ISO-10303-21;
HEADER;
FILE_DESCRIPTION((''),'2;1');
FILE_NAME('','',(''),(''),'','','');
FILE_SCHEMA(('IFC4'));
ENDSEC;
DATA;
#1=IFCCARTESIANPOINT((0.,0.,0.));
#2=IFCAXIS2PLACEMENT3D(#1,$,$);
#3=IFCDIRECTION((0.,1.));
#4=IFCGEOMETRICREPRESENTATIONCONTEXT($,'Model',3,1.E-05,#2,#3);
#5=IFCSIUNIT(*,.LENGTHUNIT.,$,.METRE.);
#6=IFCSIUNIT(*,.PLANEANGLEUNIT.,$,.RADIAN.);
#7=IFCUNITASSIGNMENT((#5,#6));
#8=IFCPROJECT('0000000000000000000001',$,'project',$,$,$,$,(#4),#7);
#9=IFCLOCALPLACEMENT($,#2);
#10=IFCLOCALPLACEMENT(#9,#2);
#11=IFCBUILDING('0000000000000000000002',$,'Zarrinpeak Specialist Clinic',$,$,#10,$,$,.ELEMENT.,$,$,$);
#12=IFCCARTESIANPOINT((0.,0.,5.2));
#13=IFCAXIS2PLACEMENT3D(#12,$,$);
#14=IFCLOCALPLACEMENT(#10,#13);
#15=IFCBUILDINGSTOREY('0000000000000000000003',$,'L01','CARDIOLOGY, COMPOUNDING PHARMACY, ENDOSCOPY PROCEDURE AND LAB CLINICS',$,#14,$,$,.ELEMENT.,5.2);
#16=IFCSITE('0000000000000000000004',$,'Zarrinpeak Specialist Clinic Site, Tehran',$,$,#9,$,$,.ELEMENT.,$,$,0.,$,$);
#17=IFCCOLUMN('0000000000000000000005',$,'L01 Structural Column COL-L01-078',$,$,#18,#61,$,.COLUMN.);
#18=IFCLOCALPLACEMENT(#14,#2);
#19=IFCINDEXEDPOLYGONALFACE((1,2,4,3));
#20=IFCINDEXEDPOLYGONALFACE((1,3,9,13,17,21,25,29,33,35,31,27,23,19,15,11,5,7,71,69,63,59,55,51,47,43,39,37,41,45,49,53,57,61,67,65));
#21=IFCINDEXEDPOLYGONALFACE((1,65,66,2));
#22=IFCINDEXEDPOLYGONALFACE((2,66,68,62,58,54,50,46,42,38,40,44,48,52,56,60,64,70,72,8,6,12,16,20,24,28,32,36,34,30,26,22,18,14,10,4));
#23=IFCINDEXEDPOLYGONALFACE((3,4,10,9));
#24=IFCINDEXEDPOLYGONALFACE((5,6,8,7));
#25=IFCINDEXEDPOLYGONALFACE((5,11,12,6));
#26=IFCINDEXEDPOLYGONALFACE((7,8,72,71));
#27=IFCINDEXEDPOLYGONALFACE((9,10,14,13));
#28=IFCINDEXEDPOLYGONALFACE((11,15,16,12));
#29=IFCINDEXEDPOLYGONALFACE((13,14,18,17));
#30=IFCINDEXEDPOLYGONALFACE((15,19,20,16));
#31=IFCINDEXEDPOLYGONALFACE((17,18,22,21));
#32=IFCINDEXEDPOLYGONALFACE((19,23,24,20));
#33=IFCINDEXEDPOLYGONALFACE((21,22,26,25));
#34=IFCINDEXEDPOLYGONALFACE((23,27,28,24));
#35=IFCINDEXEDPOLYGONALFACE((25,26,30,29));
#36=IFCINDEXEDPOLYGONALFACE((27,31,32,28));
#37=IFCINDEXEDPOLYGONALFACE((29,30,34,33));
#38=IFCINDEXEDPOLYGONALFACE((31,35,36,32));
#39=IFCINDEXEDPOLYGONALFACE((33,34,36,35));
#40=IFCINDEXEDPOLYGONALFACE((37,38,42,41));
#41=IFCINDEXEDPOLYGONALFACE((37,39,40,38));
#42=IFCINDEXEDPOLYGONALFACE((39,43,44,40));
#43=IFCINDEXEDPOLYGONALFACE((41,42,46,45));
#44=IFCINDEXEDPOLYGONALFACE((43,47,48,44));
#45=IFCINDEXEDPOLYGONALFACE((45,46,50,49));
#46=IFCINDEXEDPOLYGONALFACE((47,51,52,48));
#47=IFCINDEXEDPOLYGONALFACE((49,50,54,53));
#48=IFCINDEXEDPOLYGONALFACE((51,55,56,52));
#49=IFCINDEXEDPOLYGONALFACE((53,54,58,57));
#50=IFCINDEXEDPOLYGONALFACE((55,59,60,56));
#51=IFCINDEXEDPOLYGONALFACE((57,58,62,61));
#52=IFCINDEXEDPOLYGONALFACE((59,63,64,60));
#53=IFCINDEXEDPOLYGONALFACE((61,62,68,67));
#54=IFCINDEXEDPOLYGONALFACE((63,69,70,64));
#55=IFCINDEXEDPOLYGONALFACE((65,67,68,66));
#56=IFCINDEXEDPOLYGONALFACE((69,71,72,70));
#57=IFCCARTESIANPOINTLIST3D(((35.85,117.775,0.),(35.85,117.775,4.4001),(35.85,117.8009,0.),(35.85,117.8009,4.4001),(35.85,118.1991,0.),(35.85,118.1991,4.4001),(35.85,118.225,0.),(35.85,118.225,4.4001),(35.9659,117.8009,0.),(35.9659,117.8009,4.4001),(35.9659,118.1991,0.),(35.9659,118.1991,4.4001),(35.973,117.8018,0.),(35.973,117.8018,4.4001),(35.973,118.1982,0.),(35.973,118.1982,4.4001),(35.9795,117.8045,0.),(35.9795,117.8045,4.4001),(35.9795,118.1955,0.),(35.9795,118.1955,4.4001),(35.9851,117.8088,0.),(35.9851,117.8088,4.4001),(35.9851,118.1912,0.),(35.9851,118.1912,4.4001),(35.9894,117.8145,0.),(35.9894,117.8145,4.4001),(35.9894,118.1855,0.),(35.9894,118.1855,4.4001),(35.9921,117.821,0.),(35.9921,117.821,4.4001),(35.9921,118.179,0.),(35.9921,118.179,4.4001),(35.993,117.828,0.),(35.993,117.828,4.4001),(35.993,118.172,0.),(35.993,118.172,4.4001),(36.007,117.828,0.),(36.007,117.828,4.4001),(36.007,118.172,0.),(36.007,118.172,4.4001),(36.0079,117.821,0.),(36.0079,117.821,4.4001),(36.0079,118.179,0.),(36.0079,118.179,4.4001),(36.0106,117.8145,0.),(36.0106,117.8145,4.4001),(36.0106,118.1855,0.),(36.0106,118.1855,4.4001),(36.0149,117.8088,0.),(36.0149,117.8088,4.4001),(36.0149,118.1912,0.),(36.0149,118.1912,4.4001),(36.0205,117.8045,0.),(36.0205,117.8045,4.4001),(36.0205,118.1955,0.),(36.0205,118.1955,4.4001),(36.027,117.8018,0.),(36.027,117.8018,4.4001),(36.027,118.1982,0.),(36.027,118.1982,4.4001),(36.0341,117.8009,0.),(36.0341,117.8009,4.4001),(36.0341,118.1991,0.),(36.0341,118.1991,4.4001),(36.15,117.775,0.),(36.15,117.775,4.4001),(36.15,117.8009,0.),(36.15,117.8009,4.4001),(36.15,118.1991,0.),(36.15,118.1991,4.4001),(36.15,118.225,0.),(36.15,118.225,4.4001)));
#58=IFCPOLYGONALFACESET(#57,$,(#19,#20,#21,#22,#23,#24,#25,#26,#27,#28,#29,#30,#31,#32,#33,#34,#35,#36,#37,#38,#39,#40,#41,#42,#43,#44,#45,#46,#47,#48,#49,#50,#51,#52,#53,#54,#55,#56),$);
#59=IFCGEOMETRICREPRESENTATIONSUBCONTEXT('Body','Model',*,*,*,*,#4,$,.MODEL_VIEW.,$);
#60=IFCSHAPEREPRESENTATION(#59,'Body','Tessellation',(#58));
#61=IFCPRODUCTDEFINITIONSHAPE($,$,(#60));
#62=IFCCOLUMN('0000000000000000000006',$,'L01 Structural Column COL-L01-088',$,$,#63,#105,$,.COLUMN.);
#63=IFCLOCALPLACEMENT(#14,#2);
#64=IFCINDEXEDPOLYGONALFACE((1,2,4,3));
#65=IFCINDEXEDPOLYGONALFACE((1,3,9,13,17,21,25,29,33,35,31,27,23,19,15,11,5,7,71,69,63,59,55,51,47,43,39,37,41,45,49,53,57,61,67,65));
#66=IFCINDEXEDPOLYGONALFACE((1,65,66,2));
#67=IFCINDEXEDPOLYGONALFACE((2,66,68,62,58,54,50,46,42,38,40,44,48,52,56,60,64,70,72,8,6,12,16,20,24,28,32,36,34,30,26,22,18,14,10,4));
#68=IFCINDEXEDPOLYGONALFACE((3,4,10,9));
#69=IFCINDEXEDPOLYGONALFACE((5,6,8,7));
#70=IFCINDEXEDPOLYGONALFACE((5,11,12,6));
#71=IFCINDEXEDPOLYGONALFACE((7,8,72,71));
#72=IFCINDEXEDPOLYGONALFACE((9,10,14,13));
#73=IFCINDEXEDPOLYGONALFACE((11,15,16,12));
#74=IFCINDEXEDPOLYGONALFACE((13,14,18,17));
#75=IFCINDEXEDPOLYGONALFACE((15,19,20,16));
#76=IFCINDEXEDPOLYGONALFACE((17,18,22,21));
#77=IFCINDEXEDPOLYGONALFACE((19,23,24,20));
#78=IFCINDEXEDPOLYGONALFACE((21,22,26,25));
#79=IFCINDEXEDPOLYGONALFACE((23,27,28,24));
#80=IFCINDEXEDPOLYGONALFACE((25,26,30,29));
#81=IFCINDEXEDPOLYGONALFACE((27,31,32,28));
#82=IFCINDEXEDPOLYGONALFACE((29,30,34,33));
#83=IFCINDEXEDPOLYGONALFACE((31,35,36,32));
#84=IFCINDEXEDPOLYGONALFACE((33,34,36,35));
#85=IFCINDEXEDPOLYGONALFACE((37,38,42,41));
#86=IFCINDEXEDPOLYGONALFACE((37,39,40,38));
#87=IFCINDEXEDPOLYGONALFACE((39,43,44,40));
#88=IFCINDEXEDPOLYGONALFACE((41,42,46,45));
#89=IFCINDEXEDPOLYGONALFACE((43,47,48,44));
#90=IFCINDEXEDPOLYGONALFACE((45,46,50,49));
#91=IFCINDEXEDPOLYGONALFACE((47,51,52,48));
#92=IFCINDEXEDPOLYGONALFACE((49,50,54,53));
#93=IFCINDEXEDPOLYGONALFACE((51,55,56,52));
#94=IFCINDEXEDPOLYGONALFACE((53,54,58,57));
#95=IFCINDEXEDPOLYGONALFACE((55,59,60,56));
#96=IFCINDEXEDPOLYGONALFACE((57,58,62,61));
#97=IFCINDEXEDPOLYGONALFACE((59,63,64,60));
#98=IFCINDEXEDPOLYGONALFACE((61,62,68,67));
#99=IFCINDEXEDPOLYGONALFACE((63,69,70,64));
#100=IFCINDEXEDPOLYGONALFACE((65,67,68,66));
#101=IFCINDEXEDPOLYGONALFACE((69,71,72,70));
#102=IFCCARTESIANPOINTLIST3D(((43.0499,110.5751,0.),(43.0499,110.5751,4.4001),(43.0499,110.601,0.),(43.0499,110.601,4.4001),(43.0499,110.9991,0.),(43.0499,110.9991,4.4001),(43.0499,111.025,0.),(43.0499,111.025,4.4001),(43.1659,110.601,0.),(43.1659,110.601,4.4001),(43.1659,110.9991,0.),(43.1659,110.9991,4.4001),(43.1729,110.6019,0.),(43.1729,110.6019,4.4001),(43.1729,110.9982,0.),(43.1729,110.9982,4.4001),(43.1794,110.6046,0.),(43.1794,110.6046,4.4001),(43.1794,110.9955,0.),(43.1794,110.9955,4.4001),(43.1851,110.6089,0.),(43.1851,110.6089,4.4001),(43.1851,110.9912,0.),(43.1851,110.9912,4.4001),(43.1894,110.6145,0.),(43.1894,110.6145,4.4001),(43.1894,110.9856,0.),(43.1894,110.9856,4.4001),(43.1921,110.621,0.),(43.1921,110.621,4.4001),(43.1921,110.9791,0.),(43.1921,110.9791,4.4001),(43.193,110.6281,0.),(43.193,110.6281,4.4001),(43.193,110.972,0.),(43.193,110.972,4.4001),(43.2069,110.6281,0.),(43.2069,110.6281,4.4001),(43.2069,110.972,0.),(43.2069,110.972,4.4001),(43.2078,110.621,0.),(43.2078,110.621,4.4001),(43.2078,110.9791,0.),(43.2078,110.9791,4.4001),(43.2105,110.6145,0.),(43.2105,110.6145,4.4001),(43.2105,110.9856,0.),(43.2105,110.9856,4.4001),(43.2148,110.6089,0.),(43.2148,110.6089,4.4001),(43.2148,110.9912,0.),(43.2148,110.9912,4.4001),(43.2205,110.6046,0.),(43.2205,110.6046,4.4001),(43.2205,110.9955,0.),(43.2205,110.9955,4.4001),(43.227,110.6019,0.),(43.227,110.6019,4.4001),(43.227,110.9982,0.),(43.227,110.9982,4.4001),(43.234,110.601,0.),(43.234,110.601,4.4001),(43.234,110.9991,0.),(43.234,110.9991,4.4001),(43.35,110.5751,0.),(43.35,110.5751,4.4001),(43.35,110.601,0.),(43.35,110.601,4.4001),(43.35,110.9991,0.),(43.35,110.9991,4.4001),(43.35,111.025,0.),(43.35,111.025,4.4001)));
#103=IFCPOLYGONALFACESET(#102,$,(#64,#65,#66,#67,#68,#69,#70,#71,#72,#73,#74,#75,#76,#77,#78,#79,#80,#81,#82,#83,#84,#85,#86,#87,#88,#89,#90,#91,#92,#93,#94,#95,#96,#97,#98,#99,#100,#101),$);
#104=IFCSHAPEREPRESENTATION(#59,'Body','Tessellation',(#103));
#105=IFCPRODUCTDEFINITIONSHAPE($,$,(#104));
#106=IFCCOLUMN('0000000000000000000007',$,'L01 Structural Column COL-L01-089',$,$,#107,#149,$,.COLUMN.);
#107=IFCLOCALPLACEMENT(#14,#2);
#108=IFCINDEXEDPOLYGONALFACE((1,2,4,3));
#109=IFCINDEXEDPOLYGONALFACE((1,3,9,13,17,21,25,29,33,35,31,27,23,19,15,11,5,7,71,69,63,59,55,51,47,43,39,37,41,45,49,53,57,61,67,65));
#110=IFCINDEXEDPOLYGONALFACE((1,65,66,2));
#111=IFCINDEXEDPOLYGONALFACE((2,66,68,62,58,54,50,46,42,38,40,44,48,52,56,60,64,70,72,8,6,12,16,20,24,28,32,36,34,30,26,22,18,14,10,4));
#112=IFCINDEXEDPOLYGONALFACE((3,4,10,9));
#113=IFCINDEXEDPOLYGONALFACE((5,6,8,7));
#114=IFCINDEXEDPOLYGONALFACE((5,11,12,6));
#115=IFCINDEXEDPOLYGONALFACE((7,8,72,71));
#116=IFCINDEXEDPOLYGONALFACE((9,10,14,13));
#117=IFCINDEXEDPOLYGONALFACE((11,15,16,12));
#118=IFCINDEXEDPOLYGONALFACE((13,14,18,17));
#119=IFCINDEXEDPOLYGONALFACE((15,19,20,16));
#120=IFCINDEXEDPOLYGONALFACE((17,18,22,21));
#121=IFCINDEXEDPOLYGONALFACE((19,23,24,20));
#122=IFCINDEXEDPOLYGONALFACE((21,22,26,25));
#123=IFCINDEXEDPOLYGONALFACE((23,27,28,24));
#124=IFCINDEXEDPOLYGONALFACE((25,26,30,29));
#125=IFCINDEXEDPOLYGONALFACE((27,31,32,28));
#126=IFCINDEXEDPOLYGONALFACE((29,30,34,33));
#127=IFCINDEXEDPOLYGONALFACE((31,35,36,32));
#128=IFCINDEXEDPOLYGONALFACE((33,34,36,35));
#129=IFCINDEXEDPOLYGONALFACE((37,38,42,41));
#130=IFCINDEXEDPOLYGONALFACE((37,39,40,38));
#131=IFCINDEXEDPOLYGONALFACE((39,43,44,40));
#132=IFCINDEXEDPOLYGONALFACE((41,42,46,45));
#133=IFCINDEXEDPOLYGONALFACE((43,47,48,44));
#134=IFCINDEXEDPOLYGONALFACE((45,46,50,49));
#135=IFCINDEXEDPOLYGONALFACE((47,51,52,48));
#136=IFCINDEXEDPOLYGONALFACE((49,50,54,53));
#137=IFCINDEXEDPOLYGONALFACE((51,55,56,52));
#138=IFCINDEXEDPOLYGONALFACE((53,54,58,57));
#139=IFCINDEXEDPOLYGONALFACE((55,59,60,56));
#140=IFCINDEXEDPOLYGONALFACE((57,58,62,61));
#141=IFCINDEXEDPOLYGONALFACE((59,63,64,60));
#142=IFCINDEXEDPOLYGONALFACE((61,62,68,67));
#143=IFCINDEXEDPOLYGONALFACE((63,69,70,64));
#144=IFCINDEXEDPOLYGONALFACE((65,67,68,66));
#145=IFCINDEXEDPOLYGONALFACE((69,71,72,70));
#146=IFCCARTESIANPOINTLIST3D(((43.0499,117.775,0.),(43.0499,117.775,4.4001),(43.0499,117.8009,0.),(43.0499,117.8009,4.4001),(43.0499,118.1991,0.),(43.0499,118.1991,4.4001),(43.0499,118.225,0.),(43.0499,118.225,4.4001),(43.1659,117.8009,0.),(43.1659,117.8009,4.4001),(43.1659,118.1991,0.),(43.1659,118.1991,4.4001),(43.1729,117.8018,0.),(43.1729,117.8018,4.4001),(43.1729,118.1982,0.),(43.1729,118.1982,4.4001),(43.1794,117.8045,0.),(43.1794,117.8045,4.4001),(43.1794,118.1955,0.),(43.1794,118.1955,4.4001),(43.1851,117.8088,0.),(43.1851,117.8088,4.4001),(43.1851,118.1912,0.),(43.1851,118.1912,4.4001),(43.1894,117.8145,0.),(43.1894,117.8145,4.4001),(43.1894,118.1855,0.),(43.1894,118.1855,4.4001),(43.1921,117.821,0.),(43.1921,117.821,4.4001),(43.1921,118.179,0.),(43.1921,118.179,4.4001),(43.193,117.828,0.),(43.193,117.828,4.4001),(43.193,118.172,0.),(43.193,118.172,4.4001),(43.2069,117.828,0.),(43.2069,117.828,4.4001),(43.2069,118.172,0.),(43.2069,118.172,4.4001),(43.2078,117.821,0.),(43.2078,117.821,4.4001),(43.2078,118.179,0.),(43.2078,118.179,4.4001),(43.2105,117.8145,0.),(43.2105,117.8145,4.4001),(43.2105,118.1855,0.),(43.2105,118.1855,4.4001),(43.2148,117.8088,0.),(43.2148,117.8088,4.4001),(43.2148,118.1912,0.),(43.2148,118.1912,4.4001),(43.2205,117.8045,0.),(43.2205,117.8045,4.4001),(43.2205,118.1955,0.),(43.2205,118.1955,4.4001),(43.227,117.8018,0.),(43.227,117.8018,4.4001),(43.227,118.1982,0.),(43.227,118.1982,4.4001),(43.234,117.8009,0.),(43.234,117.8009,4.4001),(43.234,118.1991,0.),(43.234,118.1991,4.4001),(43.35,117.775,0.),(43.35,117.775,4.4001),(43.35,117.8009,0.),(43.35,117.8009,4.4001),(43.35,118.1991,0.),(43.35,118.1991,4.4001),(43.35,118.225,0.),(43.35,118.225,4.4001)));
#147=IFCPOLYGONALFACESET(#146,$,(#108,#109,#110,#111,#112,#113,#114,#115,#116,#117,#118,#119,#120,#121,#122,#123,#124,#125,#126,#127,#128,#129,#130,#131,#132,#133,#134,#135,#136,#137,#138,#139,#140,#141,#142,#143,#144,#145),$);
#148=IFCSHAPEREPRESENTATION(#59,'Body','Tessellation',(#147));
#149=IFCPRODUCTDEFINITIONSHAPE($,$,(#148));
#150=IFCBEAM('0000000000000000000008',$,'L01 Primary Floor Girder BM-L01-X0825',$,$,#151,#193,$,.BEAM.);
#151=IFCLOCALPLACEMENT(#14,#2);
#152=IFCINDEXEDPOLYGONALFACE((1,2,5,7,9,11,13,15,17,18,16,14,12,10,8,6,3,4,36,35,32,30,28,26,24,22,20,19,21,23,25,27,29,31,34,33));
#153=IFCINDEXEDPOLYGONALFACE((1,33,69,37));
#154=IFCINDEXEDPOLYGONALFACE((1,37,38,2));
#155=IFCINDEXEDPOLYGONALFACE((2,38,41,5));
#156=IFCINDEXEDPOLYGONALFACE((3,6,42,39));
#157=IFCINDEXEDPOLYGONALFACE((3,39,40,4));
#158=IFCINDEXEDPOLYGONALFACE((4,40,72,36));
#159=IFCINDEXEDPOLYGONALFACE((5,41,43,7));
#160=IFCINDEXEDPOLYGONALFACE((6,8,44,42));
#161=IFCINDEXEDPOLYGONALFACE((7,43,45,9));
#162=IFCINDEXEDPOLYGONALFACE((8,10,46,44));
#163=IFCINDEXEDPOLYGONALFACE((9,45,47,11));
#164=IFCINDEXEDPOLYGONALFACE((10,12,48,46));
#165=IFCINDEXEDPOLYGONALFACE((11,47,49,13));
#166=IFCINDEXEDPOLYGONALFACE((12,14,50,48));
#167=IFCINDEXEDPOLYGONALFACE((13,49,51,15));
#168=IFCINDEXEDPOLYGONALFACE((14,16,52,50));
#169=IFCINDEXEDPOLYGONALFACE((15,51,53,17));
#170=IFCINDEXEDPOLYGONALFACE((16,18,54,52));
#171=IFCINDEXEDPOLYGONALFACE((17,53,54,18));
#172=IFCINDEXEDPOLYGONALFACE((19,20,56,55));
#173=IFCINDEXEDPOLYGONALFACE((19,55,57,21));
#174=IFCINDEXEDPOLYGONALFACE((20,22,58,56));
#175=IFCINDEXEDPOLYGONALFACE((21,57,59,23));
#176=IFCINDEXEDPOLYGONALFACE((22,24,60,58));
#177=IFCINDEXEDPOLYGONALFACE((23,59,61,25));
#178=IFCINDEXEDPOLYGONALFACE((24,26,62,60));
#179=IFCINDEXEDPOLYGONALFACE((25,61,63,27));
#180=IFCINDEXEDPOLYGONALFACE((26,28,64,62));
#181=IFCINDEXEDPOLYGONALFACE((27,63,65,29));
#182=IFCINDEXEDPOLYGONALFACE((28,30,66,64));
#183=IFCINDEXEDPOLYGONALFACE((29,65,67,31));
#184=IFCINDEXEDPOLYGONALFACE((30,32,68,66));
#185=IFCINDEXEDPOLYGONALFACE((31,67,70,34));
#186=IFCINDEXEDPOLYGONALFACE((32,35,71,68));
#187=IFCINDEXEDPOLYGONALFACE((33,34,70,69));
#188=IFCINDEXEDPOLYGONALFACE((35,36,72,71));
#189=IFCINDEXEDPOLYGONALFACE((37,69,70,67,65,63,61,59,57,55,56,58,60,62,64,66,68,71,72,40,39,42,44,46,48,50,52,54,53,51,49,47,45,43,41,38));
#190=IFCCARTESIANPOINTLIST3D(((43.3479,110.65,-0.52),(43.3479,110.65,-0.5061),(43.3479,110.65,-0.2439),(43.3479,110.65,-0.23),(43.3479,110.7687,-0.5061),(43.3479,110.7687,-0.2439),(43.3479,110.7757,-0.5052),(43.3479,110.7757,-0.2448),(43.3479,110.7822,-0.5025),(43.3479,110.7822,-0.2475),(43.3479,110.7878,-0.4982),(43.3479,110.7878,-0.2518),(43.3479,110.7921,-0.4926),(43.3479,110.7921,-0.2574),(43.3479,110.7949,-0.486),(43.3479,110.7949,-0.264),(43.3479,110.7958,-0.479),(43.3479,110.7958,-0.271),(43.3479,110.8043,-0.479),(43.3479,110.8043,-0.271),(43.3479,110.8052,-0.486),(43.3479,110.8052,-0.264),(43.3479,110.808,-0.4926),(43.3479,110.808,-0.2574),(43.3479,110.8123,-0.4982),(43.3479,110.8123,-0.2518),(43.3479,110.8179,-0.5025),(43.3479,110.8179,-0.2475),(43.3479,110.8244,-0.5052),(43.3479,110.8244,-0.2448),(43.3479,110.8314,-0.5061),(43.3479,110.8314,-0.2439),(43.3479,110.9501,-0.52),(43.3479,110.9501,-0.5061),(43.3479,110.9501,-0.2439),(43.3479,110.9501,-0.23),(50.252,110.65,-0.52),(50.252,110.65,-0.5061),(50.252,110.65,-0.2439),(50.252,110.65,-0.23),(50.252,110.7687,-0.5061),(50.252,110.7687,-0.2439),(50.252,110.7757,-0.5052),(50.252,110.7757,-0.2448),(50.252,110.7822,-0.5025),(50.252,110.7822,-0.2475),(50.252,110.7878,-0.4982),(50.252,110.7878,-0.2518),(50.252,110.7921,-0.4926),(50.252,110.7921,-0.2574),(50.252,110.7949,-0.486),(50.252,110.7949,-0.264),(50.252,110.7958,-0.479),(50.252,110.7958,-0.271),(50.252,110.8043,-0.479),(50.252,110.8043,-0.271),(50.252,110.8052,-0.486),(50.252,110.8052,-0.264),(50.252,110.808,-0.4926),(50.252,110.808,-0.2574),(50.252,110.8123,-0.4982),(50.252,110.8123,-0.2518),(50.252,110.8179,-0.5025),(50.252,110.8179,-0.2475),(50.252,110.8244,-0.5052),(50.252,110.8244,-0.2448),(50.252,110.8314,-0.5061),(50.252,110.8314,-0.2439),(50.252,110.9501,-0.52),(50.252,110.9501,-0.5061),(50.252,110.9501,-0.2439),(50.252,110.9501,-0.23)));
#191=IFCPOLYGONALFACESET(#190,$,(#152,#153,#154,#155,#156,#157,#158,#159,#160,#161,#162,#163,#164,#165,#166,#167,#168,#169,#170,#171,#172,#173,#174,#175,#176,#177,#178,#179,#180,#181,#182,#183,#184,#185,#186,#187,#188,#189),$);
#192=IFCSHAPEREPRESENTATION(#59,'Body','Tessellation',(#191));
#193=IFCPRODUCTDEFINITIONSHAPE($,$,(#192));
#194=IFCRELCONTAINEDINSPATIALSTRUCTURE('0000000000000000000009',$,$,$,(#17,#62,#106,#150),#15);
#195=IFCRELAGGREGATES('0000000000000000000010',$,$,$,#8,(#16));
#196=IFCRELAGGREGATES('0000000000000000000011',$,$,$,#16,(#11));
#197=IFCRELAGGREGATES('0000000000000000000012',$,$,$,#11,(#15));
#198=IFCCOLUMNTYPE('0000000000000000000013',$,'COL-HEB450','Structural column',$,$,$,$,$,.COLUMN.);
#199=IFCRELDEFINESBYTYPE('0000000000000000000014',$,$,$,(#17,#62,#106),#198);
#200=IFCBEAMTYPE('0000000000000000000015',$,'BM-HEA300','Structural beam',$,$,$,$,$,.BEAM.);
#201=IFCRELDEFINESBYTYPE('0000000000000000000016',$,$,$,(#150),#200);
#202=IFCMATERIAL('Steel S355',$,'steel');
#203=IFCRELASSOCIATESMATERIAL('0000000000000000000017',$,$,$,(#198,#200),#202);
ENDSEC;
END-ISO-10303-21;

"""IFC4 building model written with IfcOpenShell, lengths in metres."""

from ifc_helpers import new_model, si_unit, direction, frame, origin, origin_2d, place, context, subcontext, project, spatial, i_section, extrude, material, material_profile, profile_set, type_object, element, save


model = new_model("IFC4")

# Units and contexts
model_context = context("Model", 3, precision=1e-05, world=origin(), true_north=direction((0.0, 1.0)))
body_context = subcontext(model_context, "Body", "Model", "MODEL_VIEW")
ifc_project = project(units=[si_unit("LENGTHUNIT", "METRE"), si_unit("PLANEANGLEUNIT", "RADIAN")], contexts=[model_context])

# Site, building, storey
site_placement = place(None, origin())
site = spatial("IfcSite", under=ifc_project, at=site_placement, Name="Zarrinpeak Specialist Clinic Site, Tehran", CompositionType="ELEMENT", RefElevation=0.0)
building_placement = place(site_placement, origin())
building = spatial("IfcBuilding", under=site, at=building_placement, Name="Zarrinpeak Specialist Clinic", CompositionType="ELEMENT")
storey_placement = place(building_placement, frame((0.0, 0.0, 5.2)))
storey = spatial("IfcBuildingStorey", under=building, at=storey_placement, Name="L01", Description="CARDIOLOGY, COMPOUNDING PHARMACY, ENDOSCOPY PROCEDURE AND LAB CLINICS", CompositionType="ELEMENT", Elevation=5.2)

# Columns
ifc_material_1 = material(Name="Steel S355", Category="steel")
ifc_material_profile_1 = material_profile(ifc_material_1, i_section(OverallWidth=0.3, OverallDepth=0.45, WebThickness=0.0139, FlangeThickness=0.0259, FilletRadius=0.0271, at=origin_2d()), Name="HEB 450")
ifc_profile_set_1 = profile_set([ifc_material_profile_1], Name="Steel S355")
column_type = type_object("IfcColumnType", Name="COL-HEB450", Description="Structural column", PredefinedType="COLUMN", material=ifc_profile_set_1)
for number, where, z_axis, x_axis, name in (
    (1, (36.0, 118.0, 0.0), (0.0, 0.0, 1.0), (1.0, 0.0, 0.0), "L01 Structural Column COL-L01-078"),
    (2, (43.2, 110.8, 0.0), (0.0, 0.0, 1.0), (1.0, 0.0, 0.0), "L01 Structural Column COL-L01-088"),
    (3, (43.2, 118.0, 0.0), (0.0, 0.0, 1.0), (1.0, 0.0, 0.0), "L01 Structural Column COL-L01-089"),
):
    element("IfcColumn", number, at=place(storey_placement, frame(where, z_axis=z_axis, x_axis=x_axis)), inside=storey, type_object=column_type, Name=name, PredefinedType="COLUMN", context=body_context, shape_type="SweptSolid", body=[
        extrude(i_section(OverallWidth=0.3, OverallDepth=0.45, WebThickness=0.0139, FlangeThickness=0.0259, FilletRadius=0.0271, at=origin_2d()), origin(), (0.0, 0.0, 1.0), 4.4001),
    ])

# Beam
ifc_material_profile_2 = material_profile(ifc_material_1, i_section(OverallWidth=0.3, OverallDepth=0.29, WebThickness=0.0085, FlangeThickness=0.0139, FilletRadius=0.0271, at=origin_2d()), Name="HEA 300")
ifc_profile_set_2 = profile_set([ifc_material_profile_2], Name="Steel S355")
beam_type_1 = type_object("IfcBeamType", Name="BM-HEA300", Description="Structural beam", PredefinedType="BEAM", material=ifc_profile_set_2)
for number, where, z_axis, x_axis, name in (
    (4, (43.3479, 110.8, -0.375), (1.0, 0.0, 0.0), (0.0, 1.0, 0.0), "L01 Primary Floor Girder BM-L01-X0825"),
):
    element("IfcBeam", number, at=place(storey_placement, frame(where, z_axis=z_axis, x_axis=x_axis)), inside=storey, type_object=beam_type_1, Name=name, PredefinedType="BEAM", context=body_context, shape_type="SweptSolid", body=[
        extrude(i_section(OverallWidth=0.3, OverallDepth=0.29, WebThickness=0.0085, FlangeThickness=0.0139, FilletRadius=0.0271, at=origin_2d()), origin(), (0.0, 0.0, 1.0), 6.9041),
    ])

save(model, "model.ifc")
